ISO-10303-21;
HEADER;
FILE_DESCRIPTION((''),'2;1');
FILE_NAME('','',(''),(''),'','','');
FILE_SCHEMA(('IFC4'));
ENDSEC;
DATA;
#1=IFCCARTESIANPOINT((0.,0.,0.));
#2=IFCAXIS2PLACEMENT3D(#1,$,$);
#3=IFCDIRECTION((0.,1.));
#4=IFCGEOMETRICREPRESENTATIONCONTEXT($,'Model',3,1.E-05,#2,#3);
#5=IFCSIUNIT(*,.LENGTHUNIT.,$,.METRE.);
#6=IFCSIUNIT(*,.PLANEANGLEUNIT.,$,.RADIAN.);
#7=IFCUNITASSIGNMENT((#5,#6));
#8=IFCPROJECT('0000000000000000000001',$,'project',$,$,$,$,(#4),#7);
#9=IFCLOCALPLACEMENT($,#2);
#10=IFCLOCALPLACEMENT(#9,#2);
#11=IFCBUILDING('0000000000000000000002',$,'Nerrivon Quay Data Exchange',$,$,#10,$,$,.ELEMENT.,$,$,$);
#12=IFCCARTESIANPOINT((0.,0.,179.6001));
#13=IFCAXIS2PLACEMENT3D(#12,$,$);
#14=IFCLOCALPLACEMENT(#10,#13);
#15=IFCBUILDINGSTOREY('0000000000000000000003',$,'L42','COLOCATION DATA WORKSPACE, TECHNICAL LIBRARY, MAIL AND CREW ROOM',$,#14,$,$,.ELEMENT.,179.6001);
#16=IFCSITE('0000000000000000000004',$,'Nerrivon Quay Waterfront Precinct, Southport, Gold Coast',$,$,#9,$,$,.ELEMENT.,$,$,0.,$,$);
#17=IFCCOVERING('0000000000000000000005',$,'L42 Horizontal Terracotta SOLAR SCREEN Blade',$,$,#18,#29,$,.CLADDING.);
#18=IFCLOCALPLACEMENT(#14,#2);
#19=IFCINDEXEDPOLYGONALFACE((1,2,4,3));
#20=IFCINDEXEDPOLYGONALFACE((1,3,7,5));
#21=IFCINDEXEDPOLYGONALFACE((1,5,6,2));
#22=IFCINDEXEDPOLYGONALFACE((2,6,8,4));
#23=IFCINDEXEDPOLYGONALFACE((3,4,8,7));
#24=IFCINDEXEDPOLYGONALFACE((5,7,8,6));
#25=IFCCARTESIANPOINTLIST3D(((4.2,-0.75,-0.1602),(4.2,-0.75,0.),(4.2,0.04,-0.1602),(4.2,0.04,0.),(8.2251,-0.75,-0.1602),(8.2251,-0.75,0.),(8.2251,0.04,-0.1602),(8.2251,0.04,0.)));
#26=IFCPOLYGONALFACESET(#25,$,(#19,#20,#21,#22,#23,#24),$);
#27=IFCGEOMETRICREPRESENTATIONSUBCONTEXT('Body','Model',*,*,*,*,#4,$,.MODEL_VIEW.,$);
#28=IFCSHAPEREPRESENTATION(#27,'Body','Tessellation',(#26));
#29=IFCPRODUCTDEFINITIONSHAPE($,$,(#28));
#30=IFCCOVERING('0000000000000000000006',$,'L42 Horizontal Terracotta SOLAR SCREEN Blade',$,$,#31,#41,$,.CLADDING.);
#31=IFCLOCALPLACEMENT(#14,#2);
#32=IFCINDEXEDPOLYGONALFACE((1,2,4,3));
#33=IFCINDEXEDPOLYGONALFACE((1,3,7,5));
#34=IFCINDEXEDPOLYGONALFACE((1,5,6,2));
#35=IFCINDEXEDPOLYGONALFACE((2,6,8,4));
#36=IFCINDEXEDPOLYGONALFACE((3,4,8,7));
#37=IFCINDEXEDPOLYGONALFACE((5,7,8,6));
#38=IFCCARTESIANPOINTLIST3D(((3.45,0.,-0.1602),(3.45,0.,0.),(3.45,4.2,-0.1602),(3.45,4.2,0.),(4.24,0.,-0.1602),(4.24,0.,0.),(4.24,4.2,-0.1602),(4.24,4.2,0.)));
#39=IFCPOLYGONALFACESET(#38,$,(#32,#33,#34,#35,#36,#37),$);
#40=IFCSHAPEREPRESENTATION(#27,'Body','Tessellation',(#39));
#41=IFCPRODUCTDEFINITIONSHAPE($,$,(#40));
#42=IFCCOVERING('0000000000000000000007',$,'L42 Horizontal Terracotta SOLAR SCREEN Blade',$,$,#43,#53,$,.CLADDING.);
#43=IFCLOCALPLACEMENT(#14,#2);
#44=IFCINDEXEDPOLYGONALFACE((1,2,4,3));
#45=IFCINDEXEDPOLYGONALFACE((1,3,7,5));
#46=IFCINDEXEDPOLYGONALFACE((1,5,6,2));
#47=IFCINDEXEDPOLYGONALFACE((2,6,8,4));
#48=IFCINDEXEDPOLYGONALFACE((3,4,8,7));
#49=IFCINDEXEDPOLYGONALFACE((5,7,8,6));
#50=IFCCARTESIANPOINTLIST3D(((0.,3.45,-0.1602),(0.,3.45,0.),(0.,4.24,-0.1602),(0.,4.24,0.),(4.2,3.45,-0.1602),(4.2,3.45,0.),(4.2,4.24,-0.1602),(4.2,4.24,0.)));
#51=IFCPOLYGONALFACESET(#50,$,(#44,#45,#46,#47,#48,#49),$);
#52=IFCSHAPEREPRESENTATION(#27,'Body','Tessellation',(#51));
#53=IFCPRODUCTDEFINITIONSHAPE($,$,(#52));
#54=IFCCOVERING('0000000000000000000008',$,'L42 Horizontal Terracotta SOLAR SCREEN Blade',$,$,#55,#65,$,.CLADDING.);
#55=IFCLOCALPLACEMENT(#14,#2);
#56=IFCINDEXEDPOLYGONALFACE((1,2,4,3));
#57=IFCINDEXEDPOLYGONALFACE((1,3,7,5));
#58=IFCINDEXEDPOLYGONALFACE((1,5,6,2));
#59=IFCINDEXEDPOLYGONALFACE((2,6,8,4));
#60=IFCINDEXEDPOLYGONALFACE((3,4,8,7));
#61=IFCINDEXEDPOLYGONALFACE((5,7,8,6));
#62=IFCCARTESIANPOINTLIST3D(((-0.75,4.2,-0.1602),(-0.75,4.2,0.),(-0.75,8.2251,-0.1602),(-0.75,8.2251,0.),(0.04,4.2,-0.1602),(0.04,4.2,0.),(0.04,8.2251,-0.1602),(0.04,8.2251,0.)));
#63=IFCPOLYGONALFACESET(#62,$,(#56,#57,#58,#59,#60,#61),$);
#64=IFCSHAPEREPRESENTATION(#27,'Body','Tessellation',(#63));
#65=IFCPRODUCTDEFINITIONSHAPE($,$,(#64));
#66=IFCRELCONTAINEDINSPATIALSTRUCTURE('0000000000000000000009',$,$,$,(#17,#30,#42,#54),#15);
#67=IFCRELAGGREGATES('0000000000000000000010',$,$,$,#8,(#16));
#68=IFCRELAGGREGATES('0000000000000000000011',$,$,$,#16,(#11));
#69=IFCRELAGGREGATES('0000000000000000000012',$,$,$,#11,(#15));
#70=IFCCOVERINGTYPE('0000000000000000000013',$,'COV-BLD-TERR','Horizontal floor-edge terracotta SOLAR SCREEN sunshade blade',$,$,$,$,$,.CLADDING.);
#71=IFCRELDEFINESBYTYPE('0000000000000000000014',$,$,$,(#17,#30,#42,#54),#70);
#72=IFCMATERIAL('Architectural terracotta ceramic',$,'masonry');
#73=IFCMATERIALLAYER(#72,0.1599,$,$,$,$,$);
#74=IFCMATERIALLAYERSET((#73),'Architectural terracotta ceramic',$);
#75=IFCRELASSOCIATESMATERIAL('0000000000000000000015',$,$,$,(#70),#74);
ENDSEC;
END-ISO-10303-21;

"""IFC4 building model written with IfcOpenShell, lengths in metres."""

from ifc_helpers import new_model, si_unit, direction, frame, origin, place, context, subcontext, project, spatial, polyline, outline, extrude, material, layer, layer_set, type_object, element, save


model = new_model("IFC4")

# Units and contexts
model_context = context("Model", 3, precision=1e-05, world=origin(), true_north=direction((0.0, 1.0)))
body_context = subcontext(model_context, "Body", "Model", "MODEL_VIEW")
ifc_project = project(units=[si_unit("LENGTHUNIT", "METRE"), si_unit("PLANEANGLEUNIT", "RADIAN")], contexts=[model_context])

# Site, building, storey
site_placement = place(None, origin())
site = spatial("IfcSite", under=ifc_project, at=site_placement, Name="Nerrivon Quay Waterfront Precinct, Southport, Gold Coast", CompositionType="ELEMENT", RefElevation=0.0)
building_placement = place(site_placement, origin())
building = spatial("IfcBuilding", under=site, at=building_placement, Name="Nerrivon Quay Data Exchange", CompositionType="ELEMENT")
storey_placement = place(building_placement, frame((0.0, 0.0, 179.6001)))
storey = spatial("IfcBuildingStorey", under=building, at=storey_placement, Name="L42", Description="COLOCATION DATA WORKSPACE, TECHNICAL LIBRARY, MAIL AND CREW ROOM", CompositionType="ELEMENT", Elevation=179.6001)

# Coverings
ifc_material_1 = material(Name="Architectural terracotta ceramic", Category="masonry")
ifc_layer_1 = layer(ifc_material_1, 0.1599)
ifc_layer_set_1 = layer_set([ifc_layer_1], Name="Architectural terracotta ceramic")
covering_type = type_object("IfcCoveringType", Name="COV-BLD-TERR", Description="Horizontal floor-edge terracotta SOLAR SCREEN sunshade blade", PredefinedType="CLADDING", material=ifc_layer_set_1)
covering_1_placement = place(storey_placement, frame((0.0, 0.0, -0.1602)))
element("IfcCovering", 1, at=covering_1_placement, inside=storey, type_object=covering_type, Name="L42 Horizontal Terracotta SOLAR SCREEN Blade", PredefinedType="CLADDING", context=body_context, shape_type="SweptSolid", body=[
    extrude(outline(polyline([(8.2251, 0.04), (4.2, 0.04), (4.2, -0.75), (8.2251, -0.75), (8.2251, 0.04)])), origin(), (0.0, 0.0, 1.0), 0.1602),
])
covering_2_placement = place(storey_placement, frame((0.0, 0.0, -0.1602)))
element("IfcCovering", 2, at=covering_2_placement, inside=storey, type_object=covering_type, Name="L42 Horizontal Terracotta SOLAR SCREEN Blade", PredefinedType="CLADDING", context=body_context, shape_type="SweptSolid", body=[
    extrude(outline(polyline([(4.24, 0.0), (4.24, 4.2), (3.45, 4.2), (3.45, 0.0), (4.24, 0.0)])), origin(), (0.0, 0.0, 1.0), 0.1602),
])
covering_3_placement = place(storey_placement, frame((0.0, 0.0, -0.1602)))
element("IfcCovering", 3, at=covering_3_placement, inside=storey, type_object=covering_type, Name="L42 Horizontal Terracotta SOLAR SCREEN Blade", PredefinedType="CLADDING", context=body_context, shape_type="SweptSolid", body=[
    extrude(outline(polyline([(4.2, 4.24), (0.0, 4.24), (0.0, 3.45), (4.2, 3.45), (4.2, 4.24)])), origin(), (0.0, 0.0, 1.0), 0.1602),
])
covering_4_placement = place(storey_placement, frame((0.0, 0.0, -0.1602)))
element("IfcCovering", 4, at=covering_4_placement, inside=storey, type_object=covering_type, Name="L42 Horizontal Terracotta SOLAR SCREEN Blade", PredefinedType="CLADDING", context=body_context, shape_type="SweptSolid", body=[
    extrude(outline(polyline([(0.04, 4.2), (0.04, 8.2251), (-0.75, 8.2251), (-0.75, 4.2), (0.04, 4.2)])), origin(), (0.0, 0.0, 1.0), 0.1602),
])

save(model, "model.ifc")
